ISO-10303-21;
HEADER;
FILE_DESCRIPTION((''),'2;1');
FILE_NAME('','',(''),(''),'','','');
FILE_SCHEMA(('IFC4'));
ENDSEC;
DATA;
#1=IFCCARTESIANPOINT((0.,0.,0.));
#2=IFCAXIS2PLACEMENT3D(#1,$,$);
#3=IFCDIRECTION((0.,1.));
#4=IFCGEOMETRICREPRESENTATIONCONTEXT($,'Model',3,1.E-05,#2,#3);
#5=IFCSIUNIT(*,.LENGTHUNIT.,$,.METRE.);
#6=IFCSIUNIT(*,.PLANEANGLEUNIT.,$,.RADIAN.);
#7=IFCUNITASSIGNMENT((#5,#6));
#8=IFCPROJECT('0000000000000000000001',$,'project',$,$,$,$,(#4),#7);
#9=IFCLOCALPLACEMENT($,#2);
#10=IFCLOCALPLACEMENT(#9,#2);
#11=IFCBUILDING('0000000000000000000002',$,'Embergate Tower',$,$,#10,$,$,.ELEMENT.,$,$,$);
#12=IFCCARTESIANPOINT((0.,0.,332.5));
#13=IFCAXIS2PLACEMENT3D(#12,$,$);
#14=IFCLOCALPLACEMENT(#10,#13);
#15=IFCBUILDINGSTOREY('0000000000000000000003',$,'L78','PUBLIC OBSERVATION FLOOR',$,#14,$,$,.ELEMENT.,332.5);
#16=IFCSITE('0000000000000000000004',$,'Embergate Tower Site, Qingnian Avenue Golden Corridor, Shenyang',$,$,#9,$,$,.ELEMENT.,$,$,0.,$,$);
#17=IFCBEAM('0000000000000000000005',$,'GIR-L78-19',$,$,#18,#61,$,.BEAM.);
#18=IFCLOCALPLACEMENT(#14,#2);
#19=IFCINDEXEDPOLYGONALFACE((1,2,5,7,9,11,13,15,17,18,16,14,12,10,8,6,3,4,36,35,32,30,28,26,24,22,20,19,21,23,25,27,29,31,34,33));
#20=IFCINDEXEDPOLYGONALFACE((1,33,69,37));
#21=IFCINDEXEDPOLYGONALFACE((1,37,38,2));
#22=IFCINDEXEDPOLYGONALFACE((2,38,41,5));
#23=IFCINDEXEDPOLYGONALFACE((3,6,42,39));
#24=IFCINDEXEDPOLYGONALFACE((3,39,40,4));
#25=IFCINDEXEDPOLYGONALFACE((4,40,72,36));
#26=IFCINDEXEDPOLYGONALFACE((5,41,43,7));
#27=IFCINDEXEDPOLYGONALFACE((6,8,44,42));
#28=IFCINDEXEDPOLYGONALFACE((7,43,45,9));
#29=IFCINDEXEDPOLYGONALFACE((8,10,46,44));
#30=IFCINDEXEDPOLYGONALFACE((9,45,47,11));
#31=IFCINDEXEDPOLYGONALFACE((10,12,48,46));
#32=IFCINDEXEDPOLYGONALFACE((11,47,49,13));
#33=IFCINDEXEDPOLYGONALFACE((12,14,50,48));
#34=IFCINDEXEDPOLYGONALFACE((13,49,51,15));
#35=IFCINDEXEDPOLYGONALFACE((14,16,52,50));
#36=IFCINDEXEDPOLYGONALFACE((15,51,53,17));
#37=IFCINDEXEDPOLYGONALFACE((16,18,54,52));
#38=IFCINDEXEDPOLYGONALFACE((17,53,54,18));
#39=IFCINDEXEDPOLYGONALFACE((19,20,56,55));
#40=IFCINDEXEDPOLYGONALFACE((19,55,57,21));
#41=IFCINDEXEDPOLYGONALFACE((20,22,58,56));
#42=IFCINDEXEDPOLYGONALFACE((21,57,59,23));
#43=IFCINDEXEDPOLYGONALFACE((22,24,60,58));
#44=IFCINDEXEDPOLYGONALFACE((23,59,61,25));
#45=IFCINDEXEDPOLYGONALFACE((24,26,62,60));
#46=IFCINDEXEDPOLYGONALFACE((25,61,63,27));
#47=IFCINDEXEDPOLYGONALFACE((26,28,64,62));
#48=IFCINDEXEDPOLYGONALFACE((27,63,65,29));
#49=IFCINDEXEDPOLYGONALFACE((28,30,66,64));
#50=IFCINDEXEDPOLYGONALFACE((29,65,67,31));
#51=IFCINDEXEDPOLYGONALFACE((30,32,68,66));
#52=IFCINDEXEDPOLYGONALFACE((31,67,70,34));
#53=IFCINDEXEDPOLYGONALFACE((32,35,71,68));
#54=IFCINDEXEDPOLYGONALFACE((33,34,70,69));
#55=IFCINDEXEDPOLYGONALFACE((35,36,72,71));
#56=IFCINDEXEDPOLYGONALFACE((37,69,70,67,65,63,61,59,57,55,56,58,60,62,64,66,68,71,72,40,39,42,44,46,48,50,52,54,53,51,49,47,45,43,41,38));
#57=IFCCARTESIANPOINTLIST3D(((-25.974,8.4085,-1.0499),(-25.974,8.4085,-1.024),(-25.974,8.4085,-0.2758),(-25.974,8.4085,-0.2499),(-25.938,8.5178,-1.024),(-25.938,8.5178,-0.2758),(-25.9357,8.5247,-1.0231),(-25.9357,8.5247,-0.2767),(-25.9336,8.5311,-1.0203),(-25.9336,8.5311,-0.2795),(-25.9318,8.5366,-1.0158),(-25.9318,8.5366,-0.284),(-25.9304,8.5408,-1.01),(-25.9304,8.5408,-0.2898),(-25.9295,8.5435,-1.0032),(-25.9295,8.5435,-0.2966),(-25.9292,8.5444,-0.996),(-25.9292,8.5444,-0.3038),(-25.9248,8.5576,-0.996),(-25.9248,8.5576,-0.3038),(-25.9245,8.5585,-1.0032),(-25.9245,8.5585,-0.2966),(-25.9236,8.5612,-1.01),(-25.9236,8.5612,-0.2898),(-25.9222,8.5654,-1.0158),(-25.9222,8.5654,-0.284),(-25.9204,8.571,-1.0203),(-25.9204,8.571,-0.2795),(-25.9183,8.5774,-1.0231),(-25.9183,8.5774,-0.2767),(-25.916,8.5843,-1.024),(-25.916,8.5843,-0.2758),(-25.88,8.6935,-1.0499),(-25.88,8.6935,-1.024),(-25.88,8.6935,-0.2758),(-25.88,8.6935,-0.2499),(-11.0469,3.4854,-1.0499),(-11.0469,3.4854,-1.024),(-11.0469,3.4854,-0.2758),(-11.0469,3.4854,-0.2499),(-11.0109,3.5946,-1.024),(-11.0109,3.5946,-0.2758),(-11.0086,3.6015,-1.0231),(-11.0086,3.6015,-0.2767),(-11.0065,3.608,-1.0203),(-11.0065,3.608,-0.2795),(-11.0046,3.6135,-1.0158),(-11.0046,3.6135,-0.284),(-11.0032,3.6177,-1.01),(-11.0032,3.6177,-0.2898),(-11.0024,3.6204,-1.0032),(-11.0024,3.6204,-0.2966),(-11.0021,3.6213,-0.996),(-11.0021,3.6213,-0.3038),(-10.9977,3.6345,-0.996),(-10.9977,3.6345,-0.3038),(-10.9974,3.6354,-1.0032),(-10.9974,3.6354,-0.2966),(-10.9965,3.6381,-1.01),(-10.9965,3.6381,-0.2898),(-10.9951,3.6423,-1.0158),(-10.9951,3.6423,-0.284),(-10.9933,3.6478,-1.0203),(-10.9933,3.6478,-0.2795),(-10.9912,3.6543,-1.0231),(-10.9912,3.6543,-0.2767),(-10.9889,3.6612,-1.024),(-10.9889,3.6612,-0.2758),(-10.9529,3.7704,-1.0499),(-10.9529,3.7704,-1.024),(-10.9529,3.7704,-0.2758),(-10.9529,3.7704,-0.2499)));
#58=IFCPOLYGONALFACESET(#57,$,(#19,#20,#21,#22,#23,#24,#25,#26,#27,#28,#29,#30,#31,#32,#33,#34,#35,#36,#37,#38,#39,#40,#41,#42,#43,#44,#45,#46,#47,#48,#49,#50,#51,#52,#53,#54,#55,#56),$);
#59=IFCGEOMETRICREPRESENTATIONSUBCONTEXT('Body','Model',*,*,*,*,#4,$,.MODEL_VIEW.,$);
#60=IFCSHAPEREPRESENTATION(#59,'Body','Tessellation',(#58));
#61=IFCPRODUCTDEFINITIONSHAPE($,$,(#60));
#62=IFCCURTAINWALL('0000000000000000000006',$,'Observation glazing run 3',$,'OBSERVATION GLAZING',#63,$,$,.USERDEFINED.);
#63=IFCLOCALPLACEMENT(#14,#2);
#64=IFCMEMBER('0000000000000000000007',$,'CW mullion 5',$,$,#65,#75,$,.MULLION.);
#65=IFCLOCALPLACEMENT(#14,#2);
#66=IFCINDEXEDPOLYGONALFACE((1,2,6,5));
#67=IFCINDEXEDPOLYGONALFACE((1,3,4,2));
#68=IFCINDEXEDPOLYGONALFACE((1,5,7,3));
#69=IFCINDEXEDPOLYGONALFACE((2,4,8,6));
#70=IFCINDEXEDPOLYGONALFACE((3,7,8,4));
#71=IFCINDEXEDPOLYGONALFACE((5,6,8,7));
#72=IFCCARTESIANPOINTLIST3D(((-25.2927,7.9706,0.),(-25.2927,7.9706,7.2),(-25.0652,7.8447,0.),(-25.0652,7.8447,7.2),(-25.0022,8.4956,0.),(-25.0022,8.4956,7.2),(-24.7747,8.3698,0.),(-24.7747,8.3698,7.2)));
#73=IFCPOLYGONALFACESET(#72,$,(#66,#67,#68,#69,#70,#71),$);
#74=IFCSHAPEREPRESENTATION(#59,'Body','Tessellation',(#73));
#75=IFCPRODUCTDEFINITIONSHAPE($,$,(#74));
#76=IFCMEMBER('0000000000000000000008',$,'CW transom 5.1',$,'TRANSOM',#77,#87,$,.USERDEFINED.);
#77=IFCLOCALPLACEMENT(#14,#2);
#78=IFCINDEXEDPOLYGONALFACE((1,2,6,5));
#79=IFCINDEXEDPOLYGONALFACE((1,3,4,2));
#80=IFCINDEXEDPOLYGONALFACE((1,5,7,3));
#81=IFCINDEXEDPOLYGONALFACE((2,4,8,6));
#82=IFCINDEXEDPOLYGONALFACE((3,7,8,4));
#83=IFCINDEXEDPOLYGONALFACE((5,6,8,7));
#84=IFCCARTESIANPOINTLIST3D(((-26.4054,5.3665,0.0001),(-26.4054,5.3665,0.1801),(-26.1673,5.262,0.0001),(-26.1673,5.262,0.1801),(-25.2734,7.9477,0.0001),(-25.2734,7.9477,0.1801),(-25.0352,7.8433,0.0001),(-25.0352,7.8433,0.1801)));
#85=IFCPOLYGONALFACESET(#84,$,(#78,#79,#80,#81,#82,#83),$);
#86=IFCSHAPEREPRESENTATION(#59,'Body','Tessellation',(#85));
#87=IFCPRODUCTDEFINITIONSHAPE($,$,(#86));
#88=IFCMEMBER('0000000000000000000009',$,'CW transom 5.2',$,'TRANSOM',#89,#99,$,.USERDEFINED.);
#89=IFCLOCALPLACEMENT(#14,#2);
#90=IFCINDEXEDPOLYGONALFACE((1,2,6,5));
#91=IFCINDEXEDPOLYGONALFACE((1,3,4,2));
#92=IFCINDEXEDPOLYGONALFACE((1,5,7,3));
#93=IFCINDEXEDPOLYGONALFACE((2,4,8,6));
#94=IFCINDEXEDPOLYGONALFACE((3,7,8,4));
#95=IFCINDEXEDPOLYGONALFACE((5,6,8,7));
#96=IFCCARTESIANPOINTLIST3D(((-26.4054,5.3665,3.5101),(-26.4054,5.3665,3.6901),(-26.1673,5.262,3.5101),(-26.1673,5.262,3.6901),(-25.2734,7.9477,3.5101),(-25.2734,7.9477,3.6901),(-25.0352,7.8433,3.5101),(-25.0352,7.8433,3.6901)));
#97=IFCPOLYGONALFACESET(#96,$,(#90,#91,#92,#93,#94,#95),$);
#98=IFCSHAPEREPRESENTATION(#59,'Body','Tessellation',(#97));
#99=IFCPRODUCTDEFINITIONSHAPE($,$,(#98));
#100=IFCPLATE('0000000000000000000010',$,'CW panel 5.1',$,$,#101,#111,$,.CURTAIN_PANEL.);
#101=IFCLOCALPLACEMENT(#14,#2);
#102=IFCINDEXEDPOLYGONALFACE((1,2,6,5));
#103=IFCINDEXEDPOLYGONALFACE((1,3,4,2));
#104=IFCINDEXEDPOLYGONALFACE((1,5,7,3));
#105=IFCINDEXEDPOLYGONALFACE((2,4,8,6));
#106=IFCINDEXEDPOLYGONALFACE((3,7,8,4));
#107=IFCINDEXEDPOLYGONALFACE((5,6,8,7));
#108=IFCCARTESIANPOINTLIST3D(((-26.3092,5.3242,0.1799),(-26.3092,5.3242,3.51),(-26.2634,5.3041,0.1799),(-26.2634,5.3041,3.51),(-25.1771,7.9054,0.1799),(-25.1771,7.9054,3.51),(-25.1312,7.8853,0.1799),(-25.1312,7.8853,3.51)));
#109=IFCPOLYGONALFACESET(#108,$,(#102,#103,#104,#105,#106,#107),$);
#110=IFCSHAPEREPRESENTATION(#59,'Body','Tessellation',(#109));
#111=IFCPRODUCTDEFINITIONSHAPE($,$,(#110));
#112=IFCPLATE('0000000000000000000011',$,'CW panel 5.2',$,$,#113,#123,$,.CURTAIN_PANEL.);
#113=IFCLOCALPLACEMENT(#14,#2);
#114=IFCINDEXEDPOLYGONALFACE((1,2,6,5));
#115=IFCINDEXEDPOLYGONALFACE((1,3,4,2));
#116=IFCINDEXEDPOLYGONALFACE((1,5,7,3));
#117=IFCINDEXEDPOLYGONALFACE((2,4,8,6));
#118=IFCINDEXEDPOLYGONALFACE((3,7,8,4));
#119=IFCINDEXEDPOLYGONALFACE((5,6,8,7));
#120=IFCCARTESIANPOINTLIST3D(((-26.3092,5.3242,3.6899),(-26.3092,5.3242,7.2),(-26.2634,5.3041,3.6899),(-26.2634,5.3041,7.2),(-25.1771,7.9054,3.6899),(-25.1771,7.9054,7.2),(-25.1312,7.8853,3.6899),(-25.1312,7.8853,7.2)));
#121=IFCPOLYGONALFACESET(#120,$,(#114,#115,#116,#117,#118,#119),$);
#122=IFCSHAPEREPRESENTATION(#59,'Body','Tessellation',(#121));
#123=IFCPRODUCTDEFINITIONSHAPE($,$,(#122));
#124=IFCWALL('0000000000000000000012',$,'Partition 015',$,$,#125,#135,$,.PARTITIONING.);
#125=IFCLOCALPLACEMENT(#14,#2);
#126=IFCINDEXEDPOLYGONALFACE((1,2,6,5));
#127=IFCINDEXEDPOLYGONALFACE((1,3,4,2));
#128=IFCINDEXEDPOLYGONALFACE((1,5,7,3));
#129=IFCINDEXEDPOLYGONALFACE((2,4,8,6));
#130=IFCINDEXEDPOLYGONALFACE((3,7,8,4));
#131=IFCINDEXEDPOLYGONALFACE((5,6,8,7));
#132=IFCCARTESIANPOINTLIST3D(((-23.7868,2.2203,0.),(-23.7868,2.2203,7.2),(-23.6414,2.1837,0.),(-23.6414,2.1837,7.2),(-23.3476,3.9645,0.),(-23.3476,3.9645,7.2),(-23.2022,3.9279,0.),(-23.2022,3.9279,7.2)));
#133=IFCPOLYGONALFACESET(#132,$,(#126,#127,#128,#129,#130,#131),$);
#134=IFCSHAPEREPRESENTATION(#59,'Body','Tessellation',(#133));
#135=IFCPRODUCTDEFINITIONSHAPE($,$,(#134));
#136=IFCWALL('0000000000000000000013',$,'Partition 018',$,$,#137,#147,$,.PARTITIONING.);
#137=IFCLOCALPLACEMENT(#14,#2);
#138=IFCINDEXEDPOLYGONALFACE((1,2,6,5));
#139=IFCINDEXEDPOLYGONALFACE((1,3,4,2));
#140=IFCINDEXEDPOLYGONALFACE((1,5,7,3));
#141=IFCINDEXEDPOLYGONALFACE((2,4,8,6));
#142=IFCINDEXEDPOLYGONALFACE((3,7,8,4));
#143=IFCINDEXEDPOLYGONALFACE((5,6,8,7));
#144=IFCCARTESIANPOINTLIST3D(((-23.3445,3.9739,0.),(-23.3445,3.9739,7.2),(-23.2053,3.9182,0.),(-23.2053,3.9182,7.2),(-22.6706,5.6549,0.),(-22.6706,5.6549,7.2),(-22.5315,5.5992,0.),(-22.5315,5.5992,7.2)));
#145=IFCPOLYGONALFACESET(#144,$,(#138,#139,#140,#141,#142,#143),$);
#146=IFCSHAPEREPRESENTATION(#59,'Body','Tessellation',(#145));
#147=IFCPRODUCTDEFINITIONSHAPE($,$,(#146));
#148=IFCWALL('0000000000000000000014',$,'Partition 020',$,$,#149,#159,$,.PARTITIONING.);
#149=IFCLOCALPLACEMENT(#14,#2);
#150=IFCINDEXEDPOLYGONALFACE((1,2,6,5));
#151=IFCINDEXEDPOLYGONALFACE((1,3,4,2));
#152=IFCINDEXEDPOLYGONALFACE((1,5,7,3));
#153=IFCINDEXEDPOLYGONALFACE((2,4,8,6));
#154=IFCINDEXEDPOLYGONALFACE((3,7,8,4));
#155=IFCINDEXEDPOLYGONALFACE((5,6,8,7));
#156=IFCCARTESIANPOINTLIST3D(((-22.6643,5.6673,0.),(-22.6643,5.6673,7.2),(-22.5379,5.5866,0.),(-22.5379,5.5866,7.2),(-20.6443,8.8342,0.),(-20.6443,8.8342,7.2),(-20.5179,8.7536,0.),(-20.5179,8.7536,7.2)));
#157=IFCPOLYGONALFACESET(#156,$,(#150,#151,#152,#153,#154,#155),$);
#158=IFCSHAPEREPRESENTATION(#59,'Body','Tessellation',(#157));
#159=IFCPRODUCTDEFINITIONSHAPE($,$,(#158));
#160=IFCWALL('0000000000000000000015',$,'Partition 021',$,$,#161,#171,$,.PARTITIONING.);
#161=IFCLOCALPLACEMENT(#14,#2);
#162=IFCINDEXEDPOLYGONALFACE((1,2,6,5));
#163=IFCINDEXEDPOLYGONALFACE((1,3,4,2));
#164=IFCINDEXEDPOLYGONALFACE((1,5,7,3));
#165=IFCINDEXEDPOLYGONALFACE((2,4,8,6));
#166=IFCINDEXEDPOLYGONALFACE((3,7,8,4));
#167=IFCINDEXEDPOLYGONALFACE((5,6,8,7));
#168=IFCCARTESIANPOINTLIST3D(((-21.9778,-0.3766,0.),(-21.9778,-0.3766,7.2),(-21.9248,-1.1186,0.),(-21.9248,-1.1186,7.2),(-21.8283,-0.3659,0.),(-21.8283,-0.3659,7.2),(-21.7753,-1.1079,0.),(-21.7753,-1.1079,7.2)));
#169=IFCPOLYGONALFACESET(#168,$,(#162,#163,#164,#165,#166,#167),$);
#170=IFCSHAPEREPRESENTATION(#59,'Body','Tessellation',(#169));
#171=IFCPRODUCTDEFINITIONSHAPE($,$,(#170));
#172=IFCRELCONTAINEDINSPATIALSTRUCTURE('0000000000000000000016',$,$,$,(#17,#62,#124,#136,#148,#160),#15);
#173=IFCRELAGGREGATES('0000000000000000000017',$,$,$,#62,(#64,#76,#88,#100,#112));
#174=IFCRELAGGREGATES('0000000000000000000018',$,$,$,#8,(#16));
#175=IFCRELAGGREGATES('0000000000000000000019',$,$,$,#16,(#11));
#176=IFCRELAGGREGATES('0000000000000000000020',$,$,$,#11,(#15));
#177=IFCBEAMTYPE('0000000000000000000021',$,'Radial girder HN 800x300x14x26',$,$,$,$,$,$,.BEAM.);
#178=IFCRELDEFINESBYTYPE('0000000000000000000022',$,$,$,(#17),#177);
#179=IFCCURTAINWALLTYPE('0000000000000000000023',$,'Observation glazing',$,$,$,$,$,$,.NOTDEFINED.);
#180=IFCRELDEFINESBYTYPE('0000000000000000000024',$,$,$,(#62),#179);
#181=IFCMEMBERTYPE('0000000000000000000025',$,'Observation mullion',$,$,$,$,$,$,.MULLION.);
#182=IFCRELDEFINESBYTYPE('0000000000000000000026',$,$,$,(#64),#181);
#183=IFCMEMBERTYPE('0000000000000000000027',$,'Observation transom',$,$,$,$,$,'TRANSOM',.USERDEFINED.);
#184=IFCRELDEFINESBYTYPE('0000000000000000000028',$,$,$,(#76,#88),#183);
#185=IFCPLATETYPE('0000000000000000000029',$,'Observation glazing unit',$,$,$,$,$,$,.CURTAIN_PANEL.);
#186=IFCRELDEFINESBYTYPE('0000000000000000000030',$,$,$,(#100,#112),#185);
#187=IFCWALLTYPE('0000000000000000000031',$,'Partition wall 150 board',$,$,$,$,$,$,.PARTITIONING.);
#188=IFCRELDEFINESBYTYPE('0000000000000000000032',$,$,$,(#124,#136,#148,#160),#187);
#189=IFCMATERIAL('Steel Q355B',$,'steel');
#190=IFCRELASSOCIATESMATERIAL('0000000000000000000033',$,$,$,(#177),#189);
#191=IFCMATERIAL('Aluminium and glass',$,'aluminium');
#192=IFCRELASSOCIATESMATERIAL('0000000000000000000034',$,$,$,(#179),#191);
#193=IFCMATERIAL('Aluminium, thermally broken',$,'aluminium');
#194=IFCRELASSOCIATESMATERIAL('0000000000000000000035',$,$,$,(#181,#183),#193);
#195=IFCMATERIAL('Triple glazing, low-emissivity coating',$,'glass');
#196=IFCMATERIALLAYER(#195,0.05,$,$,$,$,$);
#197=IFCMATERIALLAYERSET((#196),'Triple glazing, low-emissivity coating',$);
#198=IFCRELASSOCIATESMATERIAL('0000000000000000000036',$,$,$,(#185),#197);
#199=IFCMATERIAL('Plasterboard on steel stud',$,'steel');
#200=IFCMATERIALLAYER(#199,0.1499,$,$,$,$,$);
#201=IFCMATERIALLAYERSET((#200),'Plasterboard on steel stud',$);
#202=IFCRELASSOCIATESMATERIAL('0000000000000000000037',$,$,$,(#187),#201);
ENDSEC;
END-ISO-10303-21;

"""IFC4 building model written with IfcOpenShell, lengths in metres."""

from ifc_helpers import new_model, si_unit, direction, frame, frame_2d, origin, origin_2d, place, context, subcontext, project, spatial, rectangle, i_section, extrude, source, transform, mapped, material, layer, layer_set, material_profile, profile_set, type_object, element, aggregate, save


model = new_model("IFC4")

# Units and contexts
model_context = context("Model", 3, precision=1e-05, world=origin(), true_north=direction((0.0, 1.0)))
body_context = subcontext(model_context, "Body", "Model", "MODEL_VIEW")
ifc_project = project(units=[si_unit("LENGTHUNIT", "METRE"), si_unit("PLANEANGLEUNIT", "RADIAN")], contexts=[model_context])

# Site, building, storey
site_placement = place(None, origin())
site = spatial("IfcSite", under=ifc_project, at=site_placement, Name="Embergate Tower Site, Qingnian Avenue Golden Corridor, Shenyang", CompositionType="ELEMENT", RefElevation=0.0)
building_placement = place(site_placement, origin())
building = spatial("IfcBuilding", under=site, at=building_placement, Name="Embergate Tower", CompositionType="ELEMENT")
storey_placement = place(building_placement, frame((0.0, 0.0, 332.5)))
storey = spatial("IfcBuildingStorey", under=building, at=storey_placement, Name="L78", Description="PUBLIC OBSERVATION FLOOR", CompositionType="ELEMENT", Elevation=332.5)

# Beam
ifc_material_1 = material(Name="Steel Q355B", Category="steel")
ifc_material_profile_1 = material_profile(ifc_material_1, i_section(OverallWidth=0.3, OverallDepth=0.8, WebThickness=0.0139, FlangeThickness=0.0259, FilletRadius=0.0281, at=origin_2d()), Name="HN 800x300x14x26")
ifc_profile_set_1 = profile_set([ifc_material_profile_1], Name="Steel Q355 grade B")
beam_type = type_object("IfcBeamType", Name="Radial girder HN 800x300x14x26", PredefinedType="BEAM", material=ifc_profile_set_1)
shared_shape_1 = source(origin(), body_context, "Body", "SweptSolid", [
    extrude(i_section(OverallWidth=0.3, OverallDepth=0.8, WebThickness=0.0139, FlangeThickness=0.0259, FilletRadius=0.0281, at=origin_2d()), origin(), (0.0, 0.0, 1.0), 15.718),
])
beam_placement = place(storey_placement, frame((-25.927, 8.551, -0.6499), z_axis=(0.949682, -0.313216, 0.0), x_axis=(0.313216, 0.949682, 0.0)))
element("IfcBeam", 1, at=beam_placement, inside=storey, type_object=beam_type, Name="GIR-L78-19", PredefinedType="BEAM", context=body_context, shape_type="MappedRepresentation", body=[
    mapped(shared_shape_1, transform((0.0, 0.0, 0.0))),
])

# Curtain wall, members, plates
ifc_material_2 = material(Name="Aluminium and glass", Category="aluminium")
curtain_wall_type = type_object("IfcCurtainWallType", Name="Observation glazing", PredefinedType="NOTDEFINED", material=ifc_material_2)
curtain_wall_placement = place(storey_placement, origin())
curtain_wall = element("IfcCurtainWall", 2, at=curtain_wall_placement, inside=storey, type_object=curtain_wall_type, Name="Observation glazing run 3", ObjectType="OBSERVATION GLAZING", PredefinedType="USERDEFINED")
ifc_material_3 = material(Name="Aluminium, thermally broken", Category="aluminium")
ifc_material_profile_2 = material_profile(ifc_material_3, rectangle(XDim=0.26, YDim=0.6001, at=origin_2d()), Name="AL 600x260")
ifc_profile_set_2 = profile_set([ifc_material_profile_2], Name="Aluminium, thermally broken")
member_type_1 = type_object("IfcMemberType", Name="Observation mullion", PredefinedType="MULLION", material=ifc_profile_set_2)
shared_shape_2 = source(origin(), body_context, "Body", "SweptSolid", [
    extrude(rectangle(XDim=0.26, YDim=0.6001, at=origin_2d()), origin(), (0.0, 0.0, 1.0), 7.2),
])
member_1_placement = place(storey_placement, frame((-25.0337, 8.1702, 0.0), z_axis=(0.0, 0.0, 1.0), x_axis=(0.874977, -0.484164, 0.0)))
member_1 = element("IfcMember", 3, at=member_1_placement, type_object=member_type_1, Name="CW mullion 5", PredefinedType="MULLION", context=body_context, shape_type="MappedRepresentation", body=[
    mapped(shared_shape_2, transform((0.0, 0.0, 0.0))),
])
ifc_material_profile_3 = material_profile(ifc_material_3, rectangle(XDim=0.26, YDim=0.1799, at=origin_2d()), Name="AL 180x260")
ifc_profile_set_3 = profile_set([ifc_material_profile_3], Name="Aluminium, thermally broken")
member_type_2 = type_object("IfcMemberType", Name="Observation transom", ElementType="TRANSOM", PredefinedType="USERDEFINED", material=ifc_profile_set_3)
shared_shape_3 = source(origin(), body_context, "Body", "SweptSolid", [
    extrude(rectangle(XDim=0.26, YDim=0.1799, at=origin_2d()), origin(), (0.0, 0.0, 1.0), 2.8186),
])
member_2_placement = place(storey_placement, frame((-25.1543, 7.8955, 0.0901), z_axis=(-0.401641, -0.915797, 0.0), x_axis=(0.915797, -0.401641, 0.0)))
member_2 = element("IfcMember", 4, at=member_2_placement, type_object=member_type_2, Name="CW transom 5.1", ObjectType="TRANSOM", PredefinedType="USERDEFINED", context=body_context, shape_type="MappedRepresentation", body=[
    mapped(shared_shape_3, transform((0.0, 0.0, 0.0))),
])
member_3_placement = place(storey_placement, frame((-25.1543, 7.8955, 3.6001), z_axis=(-0.401641, -0.915797, 0.0), x_axis=(0.915797, -0.401641, 0.0)))
member_3 = element("IfcMember", 5, at=member_3_placement, type_object=member_type_2, Name="CW transom 5.2", ObjectType="TRANSOM", PredefinedType="USERDEFINED", context=body_context, shape_type="MappedRepresentation", body=[
    mapped(shared_shape_3, transform((0.0, 0.0, 0.0))),
])
ifc_material_4 = material(Name="Triple glazing, low-emissivity coating", Category="glass")
ifc_layer_1 = layer(ifc_material_4, 0.05)
ifc_layer_set_1 = layer_set([ifc_layer_1], Name="Triple glazing, low-emissivity coating")
plate_type = type_object("IfcPlateType", Name="Observation glazing unit", PredefinedType="CURTAIN_PANEL", material=ifc_layer_set_1)
shared_shape_4 = source(origin(), body_context, "Body", "SweptSolid", [
    extrude(rectangle(XDim=2.8186, YDim=0.05, at=origin_2d()), origin(), (0.0, 0.0, 1.0), 3.3301),
])
plate_1_placement = place(storey_placement, frame((-25.7202, 6.6047, 0.1799), z_axis=(0.0, 0.0, 1.0), x_axis=(-0.401665, -0.915787, 0.0)))
plate_1 = element("IfcPlate", 6, at=plate_1_placement, type_object=plate_type, Name="CW panel 5.1", PredefinedType="CURTAIN_PANEL", context=body_context, shape_type="MappedRepresentation", body=[
    mapped(shared_shape_4, transform((0.0, 0.0, 0.0))),
])
shared_shape_5 = source(origin(), body_context, "Body", "SweptSolid", [
    extrude(rectangle(XDim=2.8186, YDim=0.05, at=origin_2d()), origin(), (0.0, 0.0, 1.0), 3.51),
])
plate_2_placement = place(storey_placement, frame((-25.7202, 6.6047, 3.6899), z_axis=(0.0, 0.0, 1.0), x_axis=(-0.401665, -0.915787, 0.0)))
plate_2 = element("IfcPlate", 7, at=plate_2_placement, type_object=plate_type, Name="CW panel 5.2", PredefinedType="CURTAIN_PANEL", context=body_context, shape_type="MappedRepresentation", body=[
    mapped(shared_shape_5, transform((0.0, 0.0, 0.0))),
])
aggregate(curtain_wall, [member_1, member_2, member_3, plate_1, plate_2])

# Walls
ifc_material_5 = material(Name="Plasterboard on steel stud", Category="steel")
ifc_layer_2 = layer(ifc_material_5, 0.1499)
ifc_layer_set_2 = layer_set([ifc_layer_2], Name="Plasterboard on steel stud")
wall_type = type_object("IfcWallType", Name="Partition wall 150 board", PredefinedType="PARTITIONING", material=ifc_layer_set_2)
shared_shape_6 = source(origin(), body_context, "Body", "SweptSolid", [
    extrude(rectangle(XDim=1.7986, YDim=0.1499, at=frame_2d((0.8994, 0.0))), origin(), (0.0, 0.0, 1.0), 7.2),
])
wall_1_placement = place(storey_placement, frame((-23.7141, 2.2019, 0.0), z_axis=(0.0, 0.0, 1.0), x_axis=(0.244196, 0.969726, 0.0)))
element("IfcWall", 8, at=wall_1_placement, inside=storey, type_object=wall_type, Name="Partition 015", PredefinedType="PARTITIONING", context=body_context, shape_type="MappedRepresentation", body=[
    mapped(shared_shape_6, transform((0.0, 0.0, 0.0))),
])
shared_shape_7 = source(origin(), body_context, "Body", "SweptSolid", [
    extrude(rectangle(XDim=1.811, YDim=0.1499, at=frame_2d((0.9055, 0.0))), origin(), (0.0, 0.0, 1.0), 7.2),
])
wall_2_placement = place(storey_placement, frame((-23.2749, 3.946, 0.0), z_axis=(0.0, 0.0, 1.0), x_axis=(0.372088, 0.928198, 0.0)))
element("IfcWall", 9, at=wall_2_placement, inside=storey, type_object=wall_type, Name="Partition 018", PredefinedType="PARTITIONING", context=body_context, shape_type="MappedRepresentation", body=[
    mapped(shared_shape_7, transform((0.0, 0.0, 0.0))),
])
shared_shape_8 = source(origin(), body_context, "Body", "SweptSolid", [
    extrude(rectangle(XDim=3.7563, YDim=0.1499, at=frame_2d((1.8782, 0.0))), origin(), (0.0, 0.0, 1.0), 7.2),
])
wall_3_placement = place(storey_placement, frame((-22.6011, 5.627, 0.0), z_axis=(0.0, 0.0, 1.0), x_axis=(0.537758, 0.843099, 0.0)))
element("IfcWall", 10, at=wall_3_placement, inside=storey, type_object=wall_type, Name="Partition 020", PredefinedType="PARTITIONING", context=body_context, shape_type="MappedRepresentation", body=[
    mapped(shared_shape_8, transform((0.0, 0.0, 0.0))),
])
shared_shape_9 = source(origin(), body_context, "Body", "SweptSolid", [
    extrude(rectangle(XDim=0.7439, YDim=0.1499, at=frame_2d((0.3721, 0.0))), origin(), (0.0, 0.0, 1.0), 7.2),
])
for number, where, z_axis, x_axis, name in (
    (11, (-21.9031, -0.3711, 0.0), (0.0, 0.0, 1.0), (0.071224, -0.99746, 0.0), "Partition 021"),
):
    element("IfcWall", number, at=place(storey_placement, frame(where, z_axis=z_axis, x_axis=x_axis)), inside=storey, type_object=wall_type, Name=name, PredefinedType="PARTITIONING", context=body_context, shape_type="MappedRepresentation", body=[
        mapped(shared_shape_9, transform((0.0, 0.0, 0.0))),
    ])

save(model, "model.ifc")
